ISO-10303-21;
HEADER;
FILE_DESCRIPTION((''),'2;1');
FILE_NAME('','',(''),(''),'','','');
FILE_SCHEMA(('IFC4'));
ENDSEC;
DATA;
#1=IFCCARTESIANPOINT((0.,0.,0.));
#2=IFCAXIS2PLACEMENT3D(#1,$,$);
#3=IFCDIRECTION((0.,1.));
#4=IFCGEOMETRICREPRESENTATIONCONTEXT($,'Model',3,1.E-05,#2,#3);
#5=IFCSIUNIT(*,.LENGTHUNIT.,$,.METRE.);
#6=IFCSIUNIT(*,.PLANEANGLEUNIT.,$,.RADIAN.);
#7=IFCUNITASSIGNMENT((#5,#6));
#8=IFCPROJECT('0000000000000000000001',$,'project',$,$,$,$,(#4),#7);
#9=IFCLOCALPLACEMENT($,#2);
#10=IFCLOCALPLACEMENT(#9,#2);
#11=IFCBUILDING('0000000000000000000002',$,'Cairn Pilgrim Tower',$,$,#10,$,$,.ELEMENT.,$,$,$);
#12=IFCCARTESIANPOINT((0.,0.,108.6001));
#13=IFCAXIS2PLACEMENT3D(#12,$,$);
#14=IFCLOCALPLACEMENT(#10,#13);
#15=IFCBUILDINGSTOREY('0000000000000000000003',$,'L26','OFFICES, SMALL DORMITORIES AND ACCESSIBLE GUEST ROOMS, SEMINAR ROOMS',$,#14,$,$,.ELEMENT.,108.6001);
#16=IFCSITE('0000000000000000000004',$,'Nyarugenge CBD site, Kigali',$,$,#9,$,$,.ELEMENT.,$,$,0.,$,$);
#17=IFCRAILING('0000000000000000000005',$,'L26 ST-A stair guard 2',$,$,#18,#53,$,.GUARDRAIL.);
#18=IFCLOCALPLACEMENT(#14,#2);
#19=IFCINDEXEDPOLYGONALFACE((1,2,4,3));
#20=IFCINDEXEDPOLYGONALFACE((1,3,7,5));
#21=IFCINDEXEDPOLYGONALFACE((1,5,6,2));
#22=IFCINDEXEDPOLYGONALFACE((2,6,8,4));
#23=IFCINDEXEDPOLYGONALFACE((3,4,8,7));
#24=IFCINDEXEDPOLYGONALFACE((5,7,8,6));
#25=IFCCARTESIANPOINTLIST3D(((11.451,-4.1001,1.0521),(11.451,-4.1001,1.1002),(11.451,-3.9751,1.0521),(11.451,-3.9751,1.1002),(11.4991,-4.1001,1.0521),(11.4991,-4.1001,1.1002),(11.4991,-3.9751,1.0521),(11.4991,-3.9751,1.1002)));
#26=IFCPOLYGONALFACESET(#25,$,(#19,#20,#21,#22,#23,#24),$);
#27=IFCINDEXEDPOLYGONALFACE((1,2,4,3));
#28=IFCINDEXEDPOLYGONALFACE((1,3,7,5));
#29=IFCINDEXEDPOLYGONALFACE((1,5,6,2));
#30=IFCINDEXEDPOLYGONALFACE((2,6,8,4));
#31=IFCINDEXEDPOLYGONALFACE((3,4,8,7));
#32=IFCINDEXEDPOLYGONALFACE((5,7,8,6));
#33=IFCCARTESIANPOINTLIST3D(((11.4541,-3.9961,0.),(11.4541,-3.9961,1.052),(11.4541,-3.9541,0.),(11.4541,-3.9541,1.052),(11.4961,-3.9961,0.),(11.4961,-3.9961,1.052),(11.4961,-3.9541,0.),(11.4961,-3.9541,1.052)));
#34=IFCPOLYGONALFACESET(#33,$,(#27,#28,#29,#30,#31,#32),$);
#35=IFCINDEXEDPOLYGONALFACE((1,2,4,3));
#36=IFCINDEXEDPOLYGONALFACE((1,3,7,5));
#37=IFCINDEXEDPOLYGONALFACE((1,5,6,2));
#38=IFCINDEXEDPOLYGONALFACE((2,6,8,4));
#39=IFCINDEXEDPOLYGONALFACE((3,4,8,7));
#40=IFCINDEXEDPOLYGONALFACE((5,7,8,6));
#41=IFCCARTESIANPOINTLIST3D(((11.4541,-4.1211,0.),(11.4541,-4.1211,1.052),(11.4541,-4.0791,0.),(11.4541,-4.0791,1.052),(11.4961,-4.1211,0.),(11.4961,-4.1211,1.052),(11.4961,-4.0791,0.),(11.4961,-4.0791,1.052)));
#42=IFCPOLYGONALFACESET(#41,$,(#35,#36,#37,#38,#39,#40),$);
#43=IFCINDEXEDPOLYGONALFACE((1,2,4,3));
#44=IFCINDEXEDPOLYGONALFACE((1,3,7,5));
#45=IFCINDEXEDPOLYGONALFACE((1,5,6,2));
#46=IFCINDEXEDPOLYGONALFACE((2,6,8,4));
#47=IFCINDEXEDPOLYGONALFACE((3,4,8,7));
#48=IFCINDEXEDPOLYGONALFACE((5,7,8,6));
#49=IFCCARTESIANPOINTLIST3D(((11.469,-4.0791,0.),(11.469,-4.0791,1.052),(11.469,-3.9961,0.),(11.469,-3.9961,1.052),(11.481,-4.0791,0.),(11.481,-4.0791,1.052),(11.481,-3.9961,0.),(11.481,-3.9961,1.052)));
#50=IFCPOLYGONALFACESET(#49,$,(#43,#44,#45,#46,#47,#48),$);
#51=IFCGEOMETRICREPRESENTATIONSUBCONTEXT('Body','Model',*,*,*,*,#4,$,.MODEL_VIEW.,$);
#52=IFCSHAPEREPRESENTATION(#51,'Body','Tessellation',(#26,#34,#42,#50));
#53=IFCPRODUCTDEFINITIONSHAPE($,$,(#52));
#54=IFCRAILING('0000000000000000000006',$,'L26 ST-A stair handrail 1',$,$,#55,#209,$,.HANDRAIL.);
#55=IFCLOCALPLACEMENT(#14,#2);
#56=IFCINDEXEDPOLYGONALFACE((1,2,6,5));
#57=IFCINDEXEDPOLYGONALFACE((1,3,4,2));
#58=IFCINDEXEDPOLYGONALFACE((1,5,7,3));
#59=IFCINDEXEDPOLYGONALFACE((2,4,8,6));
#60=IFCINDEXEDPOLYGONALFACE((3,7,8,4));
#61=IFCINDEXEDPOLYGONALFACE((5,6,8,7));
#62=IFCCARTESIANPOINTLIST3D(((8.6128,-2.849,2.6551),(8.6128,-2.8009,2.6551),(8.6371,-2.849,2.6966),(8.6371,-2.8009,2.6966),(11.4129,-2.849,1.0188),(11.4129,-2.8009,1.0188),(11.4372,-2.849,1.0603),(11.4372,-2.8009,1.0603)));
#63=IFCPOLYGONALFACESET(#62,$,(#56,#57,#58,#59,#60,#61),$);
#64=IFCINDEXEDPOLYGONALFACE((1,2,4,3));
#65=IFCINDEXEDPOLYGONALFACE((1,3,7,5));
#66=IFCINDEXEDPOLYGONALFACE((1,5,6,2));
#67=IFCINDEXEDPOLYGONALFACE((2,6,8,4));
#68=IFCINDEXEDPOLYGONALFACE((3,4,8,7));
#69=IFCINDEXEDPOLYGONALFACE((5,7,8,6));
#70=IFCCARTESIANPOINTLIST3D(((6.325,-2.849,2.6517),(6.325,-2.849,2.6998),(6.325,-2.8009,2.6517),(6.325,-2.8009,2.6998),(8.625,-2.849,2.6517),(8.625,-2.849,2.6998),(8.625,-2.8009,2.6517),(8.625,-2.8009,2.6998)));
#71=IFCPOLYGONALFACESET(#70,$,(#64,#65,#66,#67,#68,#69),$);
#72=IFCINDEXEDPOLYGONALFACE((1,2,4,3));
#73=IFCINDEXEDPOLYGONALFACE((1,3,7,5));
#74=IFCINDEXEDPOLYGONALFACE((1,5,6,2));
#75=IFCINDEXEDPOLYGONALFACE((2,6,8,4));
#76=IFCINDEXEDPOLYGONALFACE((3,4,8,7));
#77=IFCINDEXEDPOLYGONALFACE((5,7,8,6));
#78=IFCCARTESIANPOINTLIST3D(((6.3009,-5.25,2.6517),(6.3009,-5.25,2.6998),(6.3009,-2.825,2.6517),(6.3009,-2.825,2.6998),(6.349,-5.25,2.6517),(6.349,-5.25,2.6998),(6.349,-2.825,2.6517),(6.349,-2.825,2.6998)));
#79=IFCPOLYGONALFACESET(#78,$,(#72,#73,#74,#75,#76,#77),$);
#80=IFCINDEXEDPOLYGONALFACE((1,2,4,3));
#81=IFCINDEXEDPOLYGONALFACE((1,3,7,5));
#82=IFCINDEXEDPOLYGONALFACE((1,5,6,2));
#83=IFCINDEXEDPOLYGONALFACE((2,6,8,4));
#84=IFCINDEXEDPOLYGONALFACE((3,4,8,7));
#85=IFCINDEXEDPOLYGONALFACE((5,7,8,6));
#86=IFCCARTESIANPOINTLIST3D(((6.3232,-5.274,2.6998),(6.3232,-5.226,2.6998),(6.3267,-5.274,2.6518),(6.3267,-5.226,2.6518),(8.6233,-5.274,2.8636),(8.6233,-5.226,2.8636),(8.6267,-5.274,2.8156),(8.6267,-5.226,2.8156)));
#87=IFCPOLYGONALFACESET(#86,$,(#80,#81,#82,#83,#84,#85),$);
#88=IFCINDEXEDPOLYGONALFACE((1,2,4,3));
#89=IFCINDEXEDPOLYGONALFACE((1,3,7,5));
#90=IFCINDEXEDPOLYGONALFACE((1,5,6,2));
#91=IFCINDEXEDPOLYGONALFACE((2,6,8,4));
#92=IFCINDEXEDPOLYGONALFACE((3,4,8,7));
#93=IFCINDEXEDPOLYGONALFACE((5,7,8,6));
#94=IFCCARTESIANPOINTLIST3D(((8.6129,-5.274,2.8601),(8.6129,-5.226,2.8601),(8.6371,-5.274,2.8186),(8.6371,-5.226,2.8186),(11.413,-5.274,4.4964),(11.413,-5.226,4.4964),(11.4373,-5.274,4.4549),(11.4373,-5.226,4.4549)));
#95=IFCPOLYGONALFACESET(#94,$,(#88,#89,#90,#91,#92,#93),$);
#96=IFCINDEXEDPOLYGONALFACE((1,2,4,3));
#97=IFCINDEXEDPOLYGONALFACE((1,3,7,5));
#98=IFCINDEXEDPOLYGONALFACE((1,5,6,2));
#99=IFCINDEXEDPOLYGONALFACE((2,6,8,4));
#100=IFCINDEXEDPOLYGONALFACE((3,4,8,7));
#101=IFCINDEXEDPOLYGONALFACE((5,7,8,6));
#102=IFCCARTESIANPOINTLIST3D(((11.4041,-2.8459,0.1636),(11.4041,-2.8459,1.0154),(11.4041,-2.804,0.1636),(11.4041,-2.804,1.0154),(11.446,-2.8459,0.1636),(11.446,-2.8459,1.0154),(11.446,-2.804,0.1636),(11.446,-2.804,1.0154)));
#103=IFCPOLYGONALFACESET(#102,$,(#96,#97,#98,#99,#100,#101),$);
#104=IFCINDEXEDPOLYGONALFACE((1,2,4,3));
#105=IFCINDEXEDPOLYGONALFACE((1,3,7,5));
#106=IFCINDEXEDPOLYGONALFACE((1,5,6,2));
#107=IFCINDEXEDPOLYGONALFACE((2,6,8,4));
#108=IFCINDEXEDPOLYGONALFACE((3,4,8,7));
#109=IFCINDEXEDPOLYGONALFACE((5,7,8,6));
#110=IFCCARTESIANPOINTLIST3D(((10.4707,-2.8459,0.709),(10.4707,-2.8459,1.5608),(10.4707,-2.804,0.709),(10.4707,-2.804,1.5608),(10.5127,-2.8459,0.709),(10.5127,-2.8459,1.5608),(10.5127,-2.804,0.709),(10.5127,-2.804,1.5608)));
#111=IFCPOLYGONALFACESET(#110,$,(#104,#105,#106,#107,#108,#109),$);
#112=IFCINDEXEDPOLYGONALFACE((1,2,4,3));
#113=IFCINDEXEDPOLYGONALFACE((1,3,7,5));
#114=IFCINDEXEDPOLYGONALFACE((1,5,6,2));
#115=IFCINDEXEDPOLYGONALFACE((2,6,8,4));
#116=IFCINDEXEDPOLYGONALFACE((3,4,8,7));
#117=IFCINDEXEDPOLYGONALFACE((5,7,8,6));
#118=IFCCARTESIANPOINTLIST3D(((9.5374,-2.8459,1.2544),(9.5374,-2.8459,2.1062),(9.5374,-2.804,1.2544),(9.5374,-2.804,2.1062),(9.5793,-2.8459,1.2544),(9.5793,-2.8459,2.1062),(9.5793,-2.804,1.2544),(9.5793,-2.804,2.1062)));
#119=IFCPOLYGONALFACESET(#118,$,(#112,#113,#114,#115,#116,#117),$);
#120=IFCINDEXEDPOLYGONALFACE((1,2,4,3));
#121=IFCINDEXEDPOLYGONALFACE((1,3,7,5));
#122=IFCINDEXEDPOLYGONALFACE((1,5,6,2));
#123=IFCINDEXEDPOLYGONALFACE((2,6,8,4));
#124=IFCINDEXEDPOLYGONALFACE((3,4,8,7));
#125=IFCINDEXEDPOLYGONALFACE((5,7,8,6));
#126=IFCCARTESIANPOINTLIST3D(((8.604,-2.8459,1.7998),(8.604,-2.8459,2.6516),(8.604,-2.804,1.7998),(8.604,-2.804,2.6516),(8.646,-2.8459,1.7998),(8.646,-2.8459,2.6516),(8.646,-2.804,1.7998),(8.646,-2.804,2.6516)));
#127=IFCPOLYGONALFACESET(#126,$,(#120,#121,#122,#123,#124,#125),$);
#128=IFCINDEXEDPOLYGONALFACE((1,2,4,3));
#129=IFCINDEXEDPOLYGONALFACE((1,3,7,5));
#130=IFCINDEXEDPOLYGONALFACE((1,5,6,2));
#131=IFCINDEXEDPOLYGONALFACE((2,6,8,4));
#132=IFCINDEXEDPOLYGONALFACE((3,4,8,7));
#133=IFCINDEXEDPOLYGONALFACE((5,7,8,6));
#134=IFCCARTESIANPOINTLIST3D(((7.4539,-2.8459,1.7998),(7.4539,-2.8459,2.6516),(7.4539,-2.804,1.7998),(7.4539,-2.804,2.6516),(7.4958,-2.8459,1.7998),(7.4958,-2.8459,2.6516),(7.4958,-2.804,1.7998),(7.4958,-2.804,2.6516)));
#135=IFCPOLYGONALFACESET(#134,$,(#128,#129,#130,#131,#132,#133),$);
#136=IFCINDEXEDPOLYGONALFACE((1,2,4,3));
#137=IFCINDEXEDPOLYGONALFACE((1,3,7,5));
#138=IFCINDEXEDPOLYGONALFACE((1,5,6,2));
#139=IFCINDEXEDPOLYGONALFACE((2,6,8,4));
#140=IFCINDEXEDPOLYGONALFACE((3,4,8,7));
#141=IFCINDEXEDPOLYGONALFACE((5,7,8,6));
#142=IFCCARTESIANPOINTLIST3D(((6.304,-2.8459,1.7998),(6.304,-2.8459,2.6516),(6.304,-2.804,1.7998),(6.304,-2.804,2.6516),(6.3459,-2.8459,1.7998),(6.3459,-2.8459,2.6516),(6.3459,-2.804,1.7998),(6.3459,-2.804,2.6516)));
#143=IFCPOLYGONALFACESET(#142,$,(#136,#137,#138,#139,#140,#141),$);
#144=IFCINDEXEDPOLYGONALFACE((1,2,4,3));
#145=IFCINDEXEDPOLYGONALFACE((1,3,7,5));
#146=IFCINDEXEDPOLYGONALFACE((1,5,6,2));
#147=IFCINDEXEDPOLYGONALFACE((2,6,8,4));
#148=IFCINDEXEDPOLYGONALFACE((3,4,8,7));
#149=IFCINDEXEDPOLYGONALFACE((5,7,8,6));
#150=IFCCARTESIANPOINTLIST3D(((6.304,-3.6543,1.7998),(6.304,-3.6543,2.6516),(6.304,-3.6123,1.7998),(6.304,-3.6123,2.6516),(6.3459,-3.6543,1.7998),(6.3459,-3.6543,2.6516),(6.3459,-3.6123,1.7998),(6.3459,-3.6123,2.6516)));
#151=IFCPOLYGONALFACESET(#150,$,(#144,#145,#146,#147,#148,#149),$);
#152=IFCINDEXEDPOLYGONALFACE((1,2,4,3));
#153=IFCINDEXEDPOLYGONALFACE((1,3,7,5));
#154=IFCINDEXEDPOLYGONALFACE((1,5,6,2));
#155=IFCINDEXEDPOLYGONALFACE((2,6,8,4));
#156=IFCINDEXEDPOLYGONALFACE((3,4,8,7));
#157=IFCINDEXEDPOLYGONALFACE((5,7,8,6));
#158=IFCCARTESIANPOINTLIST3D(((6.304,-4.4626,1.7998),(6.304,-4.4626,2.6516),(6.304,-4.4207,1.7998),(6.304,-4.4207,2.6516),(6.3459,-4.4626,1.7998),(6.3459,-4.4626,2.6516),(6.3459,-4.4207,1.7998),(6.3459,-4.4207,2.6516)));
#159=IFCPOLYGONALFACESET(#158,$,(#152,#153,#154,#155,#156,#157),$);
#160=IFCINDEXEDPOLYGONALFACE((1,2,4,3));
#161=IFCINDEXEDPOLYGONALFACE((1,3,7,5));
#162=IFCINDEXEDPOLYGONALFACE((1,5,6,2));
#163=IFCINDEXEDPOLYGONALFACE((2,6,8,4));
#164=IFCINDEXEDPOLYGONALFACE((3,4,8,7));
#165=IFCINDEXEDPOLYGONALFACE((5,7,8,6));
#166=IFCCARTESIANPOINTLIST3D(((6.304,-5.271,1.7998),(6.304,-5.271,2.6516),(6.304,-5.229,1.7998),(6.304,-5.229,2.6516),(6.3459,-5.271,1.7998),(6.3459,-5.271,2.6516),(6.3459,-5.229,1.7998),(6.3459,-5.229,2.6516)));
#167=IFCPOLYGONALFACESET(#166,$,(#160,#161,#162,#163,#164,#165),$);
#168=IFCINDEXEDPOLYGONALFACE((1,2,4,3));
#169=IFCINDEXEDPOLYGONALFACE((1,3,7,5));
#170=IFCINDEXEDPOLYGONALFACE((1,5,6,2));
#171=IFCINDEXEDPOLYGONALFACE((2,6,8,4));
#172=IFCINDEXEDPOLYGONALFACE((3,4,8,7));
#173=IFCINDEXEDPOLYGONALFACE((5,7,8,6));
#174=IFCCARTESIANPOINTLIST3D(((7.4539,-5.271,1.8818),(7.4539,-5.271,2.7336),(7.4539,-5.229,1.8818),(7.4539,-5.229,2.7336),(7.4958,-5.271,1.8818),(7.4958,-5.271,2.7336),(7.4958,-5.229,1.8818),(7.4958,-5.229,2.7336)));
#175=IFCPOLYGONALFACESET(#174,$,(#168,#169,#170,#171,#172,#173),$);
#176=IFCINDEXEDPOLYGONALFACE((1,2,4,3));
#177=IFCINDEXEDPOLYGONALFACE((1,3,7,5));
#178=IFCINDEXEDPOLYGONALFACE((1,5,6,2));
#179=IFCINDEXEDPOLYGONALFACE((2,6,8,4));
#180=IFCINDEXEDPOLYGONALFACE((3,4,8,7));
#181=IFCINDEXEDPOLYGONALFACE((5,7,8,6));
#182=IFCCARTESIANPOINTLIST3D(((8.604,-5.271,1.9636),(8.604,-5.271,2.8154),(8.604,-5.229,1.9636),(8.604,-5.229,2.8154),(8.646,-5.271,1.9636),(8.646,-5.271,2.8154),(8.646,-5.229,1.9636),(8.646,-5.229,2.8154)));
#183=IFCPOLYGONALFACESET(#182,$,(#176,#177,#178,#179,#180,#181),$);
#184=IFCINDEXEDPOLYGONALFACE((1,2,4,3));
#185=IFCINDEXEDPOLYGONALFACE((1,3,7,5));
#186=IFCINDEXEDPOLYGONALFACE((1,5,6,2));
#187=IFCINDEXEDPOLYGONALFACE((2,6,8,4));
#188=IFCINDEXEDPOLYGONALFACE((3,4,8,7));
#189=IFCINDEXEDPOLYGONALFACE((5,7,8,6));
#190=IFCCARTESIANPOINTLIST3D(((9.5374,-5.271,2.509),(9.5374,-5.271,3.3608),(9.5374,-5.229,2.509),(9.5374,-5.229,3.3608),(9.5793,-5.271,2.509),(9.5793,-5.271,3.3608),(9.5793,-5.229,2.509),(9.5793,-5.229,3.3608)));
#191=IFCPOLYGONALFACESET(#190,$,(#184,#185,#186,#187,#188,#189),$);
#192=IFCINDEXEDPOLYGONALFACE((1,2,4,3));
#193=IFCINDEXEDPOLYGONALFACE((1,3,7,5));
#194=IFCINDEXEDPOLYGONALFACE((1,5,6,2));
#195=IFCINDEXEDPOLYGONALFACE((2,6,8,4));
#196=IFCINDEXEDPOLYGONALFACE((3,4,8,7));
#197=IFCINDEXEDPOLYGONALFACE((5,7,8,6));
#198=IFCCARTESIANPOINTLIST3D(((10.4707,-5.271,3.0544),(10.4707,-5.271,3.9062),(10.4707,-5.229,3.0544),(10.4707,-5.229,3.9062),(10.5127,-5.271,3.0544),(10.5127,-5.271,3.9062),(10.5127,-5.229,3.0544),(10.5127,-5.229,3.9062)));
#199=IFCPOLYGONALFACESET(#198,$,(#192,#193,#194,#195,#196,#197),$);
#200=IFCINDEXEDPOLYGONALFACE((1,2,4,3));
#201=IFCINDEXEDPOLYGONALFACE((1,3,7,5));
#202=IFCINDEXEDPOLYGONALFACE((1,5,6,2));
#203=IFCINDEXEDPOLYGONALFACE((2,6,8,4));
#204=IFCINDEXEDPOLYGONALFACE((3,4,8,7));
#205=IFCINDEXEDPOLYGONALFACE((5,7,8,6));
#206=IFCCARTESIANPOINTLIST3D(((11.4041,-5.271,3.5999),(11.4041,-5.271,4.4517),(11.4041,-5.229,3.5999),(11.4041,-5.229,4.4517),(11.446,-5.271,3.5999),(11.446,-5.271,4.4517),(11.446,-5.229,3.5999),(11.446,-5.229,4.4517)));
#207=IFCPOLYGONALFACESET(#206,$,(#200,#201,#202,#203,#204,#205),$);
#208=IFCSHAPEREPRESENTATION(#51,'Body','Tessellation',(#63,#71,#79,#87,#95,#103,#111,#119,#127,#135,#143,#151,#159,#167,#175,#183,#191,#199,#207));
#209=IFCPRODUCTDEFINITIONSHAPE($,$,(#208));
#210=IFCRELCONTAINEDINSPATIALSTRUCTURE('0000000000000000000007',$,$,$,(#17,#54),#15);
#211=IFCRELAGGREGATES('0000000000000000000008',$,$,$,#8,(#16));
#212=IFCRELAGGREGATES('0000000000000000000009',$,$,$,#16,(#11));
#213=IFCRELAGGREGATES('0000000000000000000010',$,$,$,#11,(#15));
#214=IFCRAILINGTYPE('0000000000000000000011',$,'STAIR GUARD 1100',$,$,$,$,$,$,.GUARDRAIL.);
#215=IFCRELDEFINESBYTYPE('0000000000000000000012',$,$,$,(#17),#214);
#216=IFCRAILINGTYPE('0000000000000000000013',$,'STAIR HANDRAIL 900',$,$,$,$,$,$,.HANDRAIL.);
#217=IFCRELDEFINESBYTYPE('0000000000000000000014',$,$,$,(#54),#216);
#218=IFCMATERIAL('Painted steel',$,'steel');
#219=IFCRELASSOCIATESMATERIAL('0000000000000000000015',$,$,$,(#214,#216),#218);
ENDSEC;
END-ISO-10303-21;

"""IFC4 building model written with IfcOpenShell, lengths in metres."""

from ifc_helpers import new_model, si_unit, direction, frame, origin, origin_2d, place, context, subcontext, project, spatial, polyline, rectangle, outline, extrude, material, type_object, element, save


model = new_model("IFC4")

# Units and contexts
model_context = context("Model", 3, precision=1e-05, world=origin(), true_north=direction((0.0, 1.0)))
body_context = subcontext(model_context, "Body", "Model", "MODEL_VIEW")
ifc_project = project(units=[si_unit("LENGTHUNIT", "METRE"), si_unit("PLANEANGLEUNIT", "RADIAN")], contexts=[model_context])

# Site, building, storey
site_placement = place(None, origin())
site = spatial("IfcSite", under=ifc_project, at=site_placement, Name="Nyarugenge CBD site, Kigali", CompositionType="ELEMENT", RefElevation=0.0)
building_placement = place(site_placement, origin())
building = spatial("IfcBuilding", under=site, at=building_placement, Name="Cairn Pilgrim Tower", CompositionType="ELEMENT")
storey_placement = place(building_placement, frame((0.0, 0.0, 108.6001)))
storey = spatial("IfcBuildingStorey", under=building, at=storey_placement, Name="L26", Description="OFFICES, SMALL DORMITORIES AND ACCESSIBLE GUEST ROOMS, SEMINAR ROOMS", CompositionType="ELEMENT", Elevation=108.6001)

# Shared definitions
ifc_material_1 = material(Name="Painted steel", Category="steel")

# Railings
railing_type_1 = type_object("IfcRailingType", Name="STAIR GUARD 1100", PredefinedType="GUARDRAIL", material=ifc_material_1)
railing_1_placement = place(storey_placement, frame((11.4751, -3.9751, 0.0)))
element("IfcRailing", 1, at=railing_1_placement, inside=storey, type_object=railing_type_1, Name="L26 ST-A stair guard 2", PredefinedType="GUARDRAIL", context=body_context, shape_type="SweptSolid", body=[
    extrude(rectangle(XDim=0.0481, YDim=0.0481, at=origin_2d()), frame((0.0, 0.0, 1.0762), z_axis=(0.0, -1.0, 0.0), x_axis=(1.0, 0.0, 0.0)), (0.0, 0.0, 1.0), 0.125),
    extrude(rectangle(XDim=0.042, YDim=0.042, at=origin_2d()), origin(), (0.0, 0.0, 1.0), 1.052),
    extrude(rectangle(XDim=0.042, YDim=0.042, at=origin_2d()), frame((0.0, -0.125, 0.0)), (0.0, 0.0, 1.0), 1.052),
    extrude(outline(polyline([(0.021, 0.0), (0.104, 0.0), (0.104, 1.052), (0.021, 1.052), (0.021, 0.0)])), frame((0.0059, 0.0, 0.0), z_axis=(-1.0, 0.0, 0.0), x_axis=(0.0, -1.0, 0.0)), (0.0, 0.0, 1.0), 0.012),
])
railing_type_2 = type_object("IfcRailingType", Name="STAIR HANDRAIL 900", PredefinedType="HANDRAIL", material=ifc_material_1)
railing_2_placement = place(storey_placement, frame((11.425, -2.825, 0.1636)))
element("IfcRailing", 2, at=railing_2_placement, inside=storey, type_object=railing_type_2, Name="L26 ST-A stair handrail 1", PredefinedType="HANDRAIL", context=body_context, shape_type="SweptSolid", body=[
    extrude(rectangle(XDim=0.0481, YDim=0.0481, at=origin_2d()), frame((0.0, 0.0, 0.876), z_axis=(-0.863394, 0.0, 0.504531), x_axis=(0.0, -1.0, 0.0)), (0.0, 0.0, 1.0), 3.2432),
    extrude(rectangle(XDim=0.0481, YDim=0.0481, at=origin_2d()), frame((-2.8, 0.0, 2.5122), z_axis=(-1.0, 0.0, 0.0), x_axis=(0.0, -1.0, 0.0)), (0.0, 0.0, 1.0), 2.3),
    extrude(rectangle(XDim=0.0481, YDim=0.0481, at=origin_2d()), frame((-5.1001, 0.0, 2.5122), z_axis=(0.0, -1.0, 0.0), x_axis=(1.0, 0.0, 0.0)), (0.0, 0.0, 1.0), 2.425),
    extrude(rectangle(XDim=0.0481, YDim=0.0481, at=origin_2d()), frame((-5.1001, -2.425, 2.5122), z_axis=(0.997473, 0.0, 0.071044), x_axis=(0.0, 1.0, 0.0)), (0.0, 0.0, 1.0), 2.3059),
    extrude(rectangle(XDim=0.0481, YDim=0.0481, at=origin_2d()), frame((-2.8, -2.425, 2.6758), z_axis=(0.863394, 0.0, 0.504531), x_axis=(0.0, 1.0, 0.0)), (0.0, 0.0, 1.0), 3.2432),
    extrude(rectangle(XDim=0.042, YDim=0.042, at=origin_2d()), origin(), (0.0, 0.0, 1.0), 0.8518),
    extrude(rectangle(XDim=0.042, YDim=0.042, at=origin_2d()), frame((-0.9333, 0.0, 0.5454)), (0.0, 0.0, 1.0), 0.8518),
    extrude(rectangle(XDim=0.042, YDim=0.042, at=origin_2d()), frame((-1.8667, 0.0, 1.0908)), (0.0, 0.0, 1.0), 0.8518),
    extrude(rectangle(XDim=0.042, YDim=0.042, at=origin_2d()), frame((-2.8, 0.0, 1.6362)), (0.0, 0.0, 1.0), 0.8518),
    extrude(rectangle(XDim=0.042, YDim=0.042, at=origin_2d()), frame((-3.9502, 0.0, 1.6362)), (0.0, 0.0, 1.0), 0.8518),
    extrude(rectangle(XDim=0.042, YDim=0.042, at=origin_2d()), frame((-5.1001, 0.0, 1.6362)), (0.0, 0.0, 1.0), 0.8518),
    extrude(rectangle(XDim=0.042, YDim=0.042, at=origin_2d()), frame((-5.1001, -0.8083, 1.6362)), (0.0, 0.0, 1.0), 0.8518),
    extrude(rectangle(XDim=0.042, YDim=0.042, at=origin_2d()), frame((-5.1001, -1.6167, 1.6362)), (0.0, 0.0, 1.0), 0.8518),
    extrude(rectangle(XDim=0.042, YDim=0.042, at=origin_2d()), frame((-5.1001, -2.425, 1.6362)), (0.0, 0.0, 1.0), 0.8518),
    extrude(rectangle(XDim=0.042, YDim=0.042, at=origin_2d()), frame((-3.9502, -2.425, 1.7183)), (0.0, 0.0, 1.0), 0.8518),
    extrude(rectangle(XDim=0.042, YDim=0.042, at=origin_2d()), frame((-2.8, -2.425, 1.8)), (0.0, 0.0, 1.0), 0.8518),
    extrude(rectangle(XDim=0.042, YDim=0.042, at=origin_2d()), frame((-1.8667, -2.425, 2.3455)), (0.0, 0.0, 1.0), 0.8518),
    extrude(rectangle(XDim=0.042, YDim=0.042, at=origin_2d()), frame((-0.9333, -2.425, 2.8909)), (0.0, 0.0, 1.0), 0.8518),
    extrude(rectangle(XDim=0.042, YDim=0.042, at=origin_2d()), frame((0.0, -2.425, 3.4363)), (0.0, 0.0, 1.0), 0.8518),
])

save(model, "model.ifc")
